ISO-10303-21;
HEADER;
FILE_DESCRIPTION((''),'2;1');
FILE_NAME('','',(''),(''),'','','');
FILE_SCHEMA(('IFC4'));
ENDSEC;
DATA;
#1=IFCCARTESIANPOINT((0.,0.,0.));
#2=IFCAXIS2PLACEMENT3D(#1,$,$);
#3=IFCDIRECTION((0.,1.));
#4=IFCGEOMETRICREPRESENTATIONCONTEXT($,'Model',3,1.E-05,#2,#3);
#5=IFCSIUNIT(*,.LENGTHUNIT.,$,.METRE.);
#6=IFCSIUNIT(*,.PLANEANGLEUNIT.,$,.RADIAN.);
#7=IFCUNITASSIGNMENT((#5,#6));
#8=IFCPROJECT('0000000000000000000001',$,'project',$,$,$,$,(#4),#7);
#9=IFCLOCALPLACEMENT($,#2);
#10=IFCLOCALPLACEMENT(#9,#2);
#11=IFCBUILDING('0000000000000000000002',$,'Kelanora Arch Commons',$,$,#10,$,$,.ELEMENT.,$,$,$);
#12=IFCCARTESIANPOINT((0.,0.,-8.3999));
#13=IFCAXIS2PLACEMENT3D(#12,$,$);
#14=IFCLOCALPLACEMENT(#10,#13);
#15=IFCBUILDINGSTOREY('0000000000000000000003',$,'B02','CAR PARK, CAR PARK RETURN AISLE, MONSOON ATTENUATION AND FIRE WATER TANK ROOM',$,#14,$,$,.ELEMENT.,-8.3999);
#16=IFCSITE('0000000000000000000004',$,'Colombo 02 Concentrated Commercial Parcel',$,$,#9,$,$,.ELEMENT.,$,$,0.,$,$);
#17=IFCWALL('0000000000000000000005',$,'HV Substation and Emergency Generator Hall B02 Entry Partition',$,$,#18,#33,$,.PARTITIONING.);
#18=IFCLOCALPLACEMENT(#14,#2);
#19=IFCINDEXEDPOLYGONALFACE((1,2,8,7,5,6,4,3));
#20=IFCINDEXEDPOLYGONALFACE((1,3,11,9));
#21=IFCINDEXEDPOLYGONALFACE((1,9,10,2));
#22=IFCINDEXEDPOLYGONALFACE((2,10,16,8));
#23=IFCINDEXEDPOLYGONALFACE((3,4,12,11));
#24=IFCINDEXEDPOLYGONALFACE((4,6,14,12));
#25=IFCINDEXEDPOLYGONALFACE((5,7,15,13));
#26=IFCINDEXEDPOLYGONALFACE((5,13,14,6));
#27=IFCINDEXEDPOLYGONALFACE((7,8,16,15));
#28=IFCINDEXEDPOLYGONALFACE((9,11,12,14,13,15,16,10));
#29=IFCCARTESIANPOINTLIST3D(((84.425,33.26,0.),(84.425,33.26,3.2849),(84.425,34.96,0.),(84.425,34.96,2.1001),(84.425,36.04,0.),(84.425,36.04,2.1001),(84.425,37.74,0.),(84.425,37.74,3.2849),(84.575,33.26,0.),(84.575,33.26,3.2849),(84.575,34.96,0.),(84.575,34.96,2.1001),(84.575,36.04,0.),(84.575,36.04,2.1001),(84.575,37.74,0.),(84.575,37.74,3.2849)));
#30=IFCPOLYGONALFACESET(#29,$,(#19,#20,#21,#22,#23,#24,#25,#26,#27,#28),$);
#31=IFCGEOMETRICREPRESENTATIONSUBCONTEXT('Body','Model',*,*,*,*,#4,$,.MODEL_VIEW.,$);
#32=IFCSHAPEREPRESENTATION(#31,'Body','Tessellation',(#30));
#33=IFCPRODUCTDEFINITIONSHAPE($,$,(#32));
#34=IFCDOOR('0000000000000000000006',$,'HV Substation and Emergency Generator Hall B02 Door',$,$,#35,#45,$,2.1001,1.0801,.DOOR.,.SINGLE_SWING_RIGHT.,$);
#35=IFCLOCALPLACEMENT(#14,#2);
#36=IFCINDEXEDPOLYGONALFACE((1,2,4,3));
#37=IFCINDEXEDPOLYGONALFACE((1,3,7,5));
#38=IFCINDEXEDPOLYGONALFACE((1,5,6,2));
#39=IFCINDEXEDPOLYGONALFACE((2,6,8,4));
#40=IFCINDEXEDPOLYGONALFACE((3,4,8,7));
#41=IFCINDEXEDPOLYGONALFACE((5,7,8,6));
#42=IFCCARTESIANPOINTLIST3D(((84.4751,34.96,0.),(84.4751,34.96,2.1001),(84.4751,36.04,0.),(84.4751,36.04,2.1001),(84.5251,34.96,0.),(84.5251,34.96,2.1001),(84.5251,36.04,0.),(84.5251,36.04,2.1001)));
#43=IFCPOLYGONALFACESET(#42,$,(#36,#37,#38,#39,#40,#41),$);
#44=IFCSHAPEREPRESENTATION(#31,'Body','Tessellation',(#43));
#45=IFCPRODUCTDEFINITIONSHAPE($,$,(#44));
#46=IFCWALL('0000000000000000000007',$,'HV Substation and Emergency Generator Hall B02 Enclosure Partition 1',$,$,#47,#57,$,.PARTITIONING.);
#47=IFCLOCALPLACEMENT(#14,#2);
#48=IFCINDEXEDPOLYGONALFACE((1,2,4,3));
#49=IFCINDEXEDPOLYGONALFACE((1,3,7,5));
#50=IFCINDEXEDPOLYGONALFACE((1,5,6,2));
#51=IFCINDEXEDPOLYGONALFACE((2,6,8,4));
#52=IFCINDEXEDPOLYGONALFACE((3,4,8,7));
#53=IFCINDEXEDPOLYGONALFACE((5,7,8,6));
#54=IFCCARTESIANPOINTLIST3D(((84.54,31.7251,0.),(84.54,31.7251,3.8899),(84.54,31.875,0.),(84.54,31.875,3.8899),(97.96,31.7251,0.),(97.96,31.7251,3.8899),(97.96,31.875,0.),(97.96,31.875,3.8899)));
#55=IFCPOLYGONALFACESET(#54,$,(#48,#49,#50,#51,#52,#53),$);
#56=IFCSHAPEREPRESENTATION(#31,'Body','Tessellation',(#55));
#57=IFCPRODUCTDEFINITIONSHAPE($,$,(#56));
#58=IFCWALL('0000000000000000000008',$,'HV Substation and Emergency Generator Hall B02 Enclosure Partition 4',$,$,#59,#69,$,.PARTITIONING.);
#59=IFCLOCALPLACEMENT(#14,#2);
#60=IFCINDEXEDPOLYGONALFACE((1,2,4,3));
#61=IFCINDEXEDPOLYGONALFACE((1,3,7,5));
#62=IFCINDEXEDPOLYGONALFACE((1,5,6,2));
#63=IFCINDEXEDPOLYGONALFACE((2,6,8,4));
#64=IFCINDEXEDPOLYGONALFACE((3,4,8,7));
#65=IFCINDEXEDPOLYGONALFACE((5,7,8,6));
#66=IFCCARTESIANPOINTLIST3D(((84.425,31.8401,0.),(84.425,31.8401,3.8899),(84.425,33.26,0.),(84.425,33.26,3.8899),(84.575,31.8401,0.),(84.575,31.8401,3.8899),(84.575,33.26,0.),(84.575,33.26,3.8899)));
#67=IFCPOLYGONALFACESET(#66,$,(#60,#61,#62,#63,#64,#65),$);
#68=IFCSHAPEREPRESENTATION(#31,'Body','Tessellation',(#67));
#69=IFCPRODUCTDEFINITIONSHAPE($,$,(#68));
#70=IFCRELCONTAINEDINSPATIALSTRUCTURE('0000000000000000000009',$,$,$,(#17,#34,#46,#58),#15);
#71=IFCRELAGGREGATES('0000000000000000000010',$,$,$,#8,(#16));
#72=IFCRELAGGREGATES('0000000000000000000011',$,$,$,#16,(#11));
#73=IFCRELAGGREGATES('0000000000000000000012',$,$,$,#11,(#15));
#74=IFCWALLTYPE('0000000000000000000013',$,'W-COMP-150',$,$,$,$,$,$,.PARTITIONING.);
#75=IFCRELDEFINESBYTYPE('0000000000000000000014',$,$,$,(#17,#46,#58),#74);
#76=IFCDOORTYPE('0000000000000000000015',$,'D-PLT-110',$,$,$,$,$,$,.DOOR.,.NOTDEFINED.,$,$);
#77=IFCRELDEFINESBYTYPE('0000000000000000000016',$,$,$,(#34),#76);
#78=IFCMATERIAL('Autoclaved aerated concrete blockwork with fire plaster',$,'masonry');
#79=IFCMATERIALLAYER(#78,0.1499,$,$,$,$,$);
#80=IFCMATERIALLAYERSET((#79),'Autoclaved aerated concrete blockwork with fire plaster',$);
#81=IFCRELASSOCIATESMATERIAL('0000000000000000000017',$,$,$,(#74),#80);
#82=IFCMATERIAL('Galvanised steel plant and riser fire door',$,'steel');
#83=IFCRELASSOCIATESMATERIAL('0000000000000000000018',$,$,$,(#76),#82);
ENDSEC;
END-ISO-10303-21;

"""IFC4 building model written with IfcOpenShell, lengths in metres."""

from ifc_helpers import new_model, si_unit, direction, frame, frame_2d, origin, place, context, subcontext, project, spatial, rectangle, extrude, material, layer, layer_set, type_object, element, fill, save


model = new_model("IFC4")

# Units and contexts
model_context = context("Model", 3, precision=1e-05, world=origin(), true_north=direction((0.0, 1.0)))
body_context = subcontext(model_context, "Body", "Model", "MODEL_VIEW")
ifc_project = project(units=[si_unit("LENGTHUNIT", "METRE"), si_unit("PLANEANGLEUNIT", "RADIAN")], contexts=[model_context])

# Site, building, storey
site_placement = place(None, origin())
site = spatial("IfcSite", under=ifc_project, at=site_placement, Name="Colombo 02 Concentrated Commercial Parcel", CompositionType="ELEMENT", RefElevation=0.0)
building_placement = place(site_placement, origin())
building = spatial("IfcBuilding", under=site, at=building_placement, Name="Kelanora Arch Commons", CompositionType="ELEMENT")
storey_placement = place(building_placement, frame((0.0, 0.0, -8.3999)))
storey = spatial("IfcBuildingStorey", under=building, at=storey_placement, Name="B02", Description="CAR PARK, CAR PARK RETURN AISLE, MONSOON ATTENUATION AND FIRE WATER TANK ROOM", CompositionType="ELEMENT", Elevation=-8.3999)

# Wall, opening, door
ifc_material_1 = material(Name="Autoclaved aerated concrete blockwork with fire plaster", Category="masonry")
ifc_layer = layer(ifc_material_1, 0.1499)
ifc_layer_set = layer_set([ifc_layer], Name="Autoclaved aerated concrete blockwork with fire plaster")
wall_type = type_object("IfcWallType", Name="W-COMP-150", PredefinedType="PARTITIONING", material=ifc_layer_set)
wall_1_placement = place(storey_placement, frame((84.5, 33.26, 0.0), z_axis=(0.0, 0.0, 1.0), x_axis=(0.0, 1.0, 0.0)))
wall_1 = element("IfcWall", 1, at=wall_1_placement, inside=storey, type_object=wall_type, Name="HV Substation and Emergency Generator Hall B02 Entry Partition", PredefinedType="PARTITIONING", context=body_context, shape_type="SweptSolid", body=[
    extrude(rectangle(XDim=4.48, YDim=0.1499, at=frame_2d((2.24, 0.0))), origin(), (0.0, 0.0, 1.0), 3.2849),
])
opening_placement = place(wall_1_placement, frame((1.7, 0.0, 0.0)))
opening = element("IfcOpeningElement", 2, at=opening_placement, cuts=wall_1, PredefinedType="OPENING", context=body_context, shape_type="SweptSolid", body=[
    extrude(rectangle(XDim=1.0801, YDim=2.1001, at=frame_2d((0.54, 1.05))), frame((0.0, 0.085, 0.0), z_axis=(0.0, -1.0, 0.0), x_axis=(1.0, 0.0, 0.0)), (0.0, 0.0, 1.0), 0.1699),
])
ifc_material_2 = material(Name="Galvanised steel plant and riser fire door", Category="steel")
door_type = type_object("IfcDoorType", Name="D-PLT-110", OperationType="NOTDEFINED", PredefinedType="DOOR", material=ifc_material_2)
door_placement = place(opening_placement, origin())
door = element("IfcDoor", 3, at=door_placement, inside=storey, type_object=door_type, Name="HV Substation and Emergency Generator Hall B02 Door", OperationType="SINGLE_SWING_RIGHT", OverallHeight=2.1001, OverallWidth=1.0801, PredefinedType="DOOR", context=body_context, shape_type="SweptSolid", body=[
    extrude(rectangle(XDim=1.0801, YDim=2.1001, at=frame_2d((0.54, 1.05))), frame((0.0, 0.0249, 0.0), z_axis=(0.0, -1.0, 0.0), x_axis=(1.0, 0.0, 0.0)), (0.0, 0.0, 1.0), 0.05),
])
fill(opening, door)

# Walls
wall_2_placement = place(storey_placement, frame((84.54, 31.8, 0.0), z_axis=(0.0, 0.0, 1.0), x_axis=(1.0, 0.0, 0.0)))
element("IfcWall", 4, at=wall_2_placement, inside=storey, type_object=wall_type, Name="HV Substation and Emergency Generator Hall B02 Enclosure Partition 1", PredefinedType="PARTITIONING", context=body_context, shape_type="SweptSolid", body=[
    extrude(rectangle(XDim=13.4199, YDim=0.1499, at=frame_2d((6.71, 0.0))), origin(), (0.0, 0.0, 1.0), 3.8899),
])
wall_3_placement = place(storey_placement, frame((84.5, 33.26, 0.0), z_axis=(0.0, 0.0, 1.0), x_axis=(0.0, -1.0, 0.0)))
element("IfcWall", 5, at=wall_3_placement, inside=storey, type_object=wall_type, Name="HV Substation and Emergency Generator Hall B02 Enclosure Partition 4", PredefinedType="PARTITIONING", context=body_context, shape_type="SweptSolid", body=[
    extrude(rectangle(XDim=1.4199, YDim=0.1499, at=frame_2d((0.71, 0.0))), origin(), (0.0, 0.0, 1.0), 3.8899),
])

save(model, "model.ifc")
